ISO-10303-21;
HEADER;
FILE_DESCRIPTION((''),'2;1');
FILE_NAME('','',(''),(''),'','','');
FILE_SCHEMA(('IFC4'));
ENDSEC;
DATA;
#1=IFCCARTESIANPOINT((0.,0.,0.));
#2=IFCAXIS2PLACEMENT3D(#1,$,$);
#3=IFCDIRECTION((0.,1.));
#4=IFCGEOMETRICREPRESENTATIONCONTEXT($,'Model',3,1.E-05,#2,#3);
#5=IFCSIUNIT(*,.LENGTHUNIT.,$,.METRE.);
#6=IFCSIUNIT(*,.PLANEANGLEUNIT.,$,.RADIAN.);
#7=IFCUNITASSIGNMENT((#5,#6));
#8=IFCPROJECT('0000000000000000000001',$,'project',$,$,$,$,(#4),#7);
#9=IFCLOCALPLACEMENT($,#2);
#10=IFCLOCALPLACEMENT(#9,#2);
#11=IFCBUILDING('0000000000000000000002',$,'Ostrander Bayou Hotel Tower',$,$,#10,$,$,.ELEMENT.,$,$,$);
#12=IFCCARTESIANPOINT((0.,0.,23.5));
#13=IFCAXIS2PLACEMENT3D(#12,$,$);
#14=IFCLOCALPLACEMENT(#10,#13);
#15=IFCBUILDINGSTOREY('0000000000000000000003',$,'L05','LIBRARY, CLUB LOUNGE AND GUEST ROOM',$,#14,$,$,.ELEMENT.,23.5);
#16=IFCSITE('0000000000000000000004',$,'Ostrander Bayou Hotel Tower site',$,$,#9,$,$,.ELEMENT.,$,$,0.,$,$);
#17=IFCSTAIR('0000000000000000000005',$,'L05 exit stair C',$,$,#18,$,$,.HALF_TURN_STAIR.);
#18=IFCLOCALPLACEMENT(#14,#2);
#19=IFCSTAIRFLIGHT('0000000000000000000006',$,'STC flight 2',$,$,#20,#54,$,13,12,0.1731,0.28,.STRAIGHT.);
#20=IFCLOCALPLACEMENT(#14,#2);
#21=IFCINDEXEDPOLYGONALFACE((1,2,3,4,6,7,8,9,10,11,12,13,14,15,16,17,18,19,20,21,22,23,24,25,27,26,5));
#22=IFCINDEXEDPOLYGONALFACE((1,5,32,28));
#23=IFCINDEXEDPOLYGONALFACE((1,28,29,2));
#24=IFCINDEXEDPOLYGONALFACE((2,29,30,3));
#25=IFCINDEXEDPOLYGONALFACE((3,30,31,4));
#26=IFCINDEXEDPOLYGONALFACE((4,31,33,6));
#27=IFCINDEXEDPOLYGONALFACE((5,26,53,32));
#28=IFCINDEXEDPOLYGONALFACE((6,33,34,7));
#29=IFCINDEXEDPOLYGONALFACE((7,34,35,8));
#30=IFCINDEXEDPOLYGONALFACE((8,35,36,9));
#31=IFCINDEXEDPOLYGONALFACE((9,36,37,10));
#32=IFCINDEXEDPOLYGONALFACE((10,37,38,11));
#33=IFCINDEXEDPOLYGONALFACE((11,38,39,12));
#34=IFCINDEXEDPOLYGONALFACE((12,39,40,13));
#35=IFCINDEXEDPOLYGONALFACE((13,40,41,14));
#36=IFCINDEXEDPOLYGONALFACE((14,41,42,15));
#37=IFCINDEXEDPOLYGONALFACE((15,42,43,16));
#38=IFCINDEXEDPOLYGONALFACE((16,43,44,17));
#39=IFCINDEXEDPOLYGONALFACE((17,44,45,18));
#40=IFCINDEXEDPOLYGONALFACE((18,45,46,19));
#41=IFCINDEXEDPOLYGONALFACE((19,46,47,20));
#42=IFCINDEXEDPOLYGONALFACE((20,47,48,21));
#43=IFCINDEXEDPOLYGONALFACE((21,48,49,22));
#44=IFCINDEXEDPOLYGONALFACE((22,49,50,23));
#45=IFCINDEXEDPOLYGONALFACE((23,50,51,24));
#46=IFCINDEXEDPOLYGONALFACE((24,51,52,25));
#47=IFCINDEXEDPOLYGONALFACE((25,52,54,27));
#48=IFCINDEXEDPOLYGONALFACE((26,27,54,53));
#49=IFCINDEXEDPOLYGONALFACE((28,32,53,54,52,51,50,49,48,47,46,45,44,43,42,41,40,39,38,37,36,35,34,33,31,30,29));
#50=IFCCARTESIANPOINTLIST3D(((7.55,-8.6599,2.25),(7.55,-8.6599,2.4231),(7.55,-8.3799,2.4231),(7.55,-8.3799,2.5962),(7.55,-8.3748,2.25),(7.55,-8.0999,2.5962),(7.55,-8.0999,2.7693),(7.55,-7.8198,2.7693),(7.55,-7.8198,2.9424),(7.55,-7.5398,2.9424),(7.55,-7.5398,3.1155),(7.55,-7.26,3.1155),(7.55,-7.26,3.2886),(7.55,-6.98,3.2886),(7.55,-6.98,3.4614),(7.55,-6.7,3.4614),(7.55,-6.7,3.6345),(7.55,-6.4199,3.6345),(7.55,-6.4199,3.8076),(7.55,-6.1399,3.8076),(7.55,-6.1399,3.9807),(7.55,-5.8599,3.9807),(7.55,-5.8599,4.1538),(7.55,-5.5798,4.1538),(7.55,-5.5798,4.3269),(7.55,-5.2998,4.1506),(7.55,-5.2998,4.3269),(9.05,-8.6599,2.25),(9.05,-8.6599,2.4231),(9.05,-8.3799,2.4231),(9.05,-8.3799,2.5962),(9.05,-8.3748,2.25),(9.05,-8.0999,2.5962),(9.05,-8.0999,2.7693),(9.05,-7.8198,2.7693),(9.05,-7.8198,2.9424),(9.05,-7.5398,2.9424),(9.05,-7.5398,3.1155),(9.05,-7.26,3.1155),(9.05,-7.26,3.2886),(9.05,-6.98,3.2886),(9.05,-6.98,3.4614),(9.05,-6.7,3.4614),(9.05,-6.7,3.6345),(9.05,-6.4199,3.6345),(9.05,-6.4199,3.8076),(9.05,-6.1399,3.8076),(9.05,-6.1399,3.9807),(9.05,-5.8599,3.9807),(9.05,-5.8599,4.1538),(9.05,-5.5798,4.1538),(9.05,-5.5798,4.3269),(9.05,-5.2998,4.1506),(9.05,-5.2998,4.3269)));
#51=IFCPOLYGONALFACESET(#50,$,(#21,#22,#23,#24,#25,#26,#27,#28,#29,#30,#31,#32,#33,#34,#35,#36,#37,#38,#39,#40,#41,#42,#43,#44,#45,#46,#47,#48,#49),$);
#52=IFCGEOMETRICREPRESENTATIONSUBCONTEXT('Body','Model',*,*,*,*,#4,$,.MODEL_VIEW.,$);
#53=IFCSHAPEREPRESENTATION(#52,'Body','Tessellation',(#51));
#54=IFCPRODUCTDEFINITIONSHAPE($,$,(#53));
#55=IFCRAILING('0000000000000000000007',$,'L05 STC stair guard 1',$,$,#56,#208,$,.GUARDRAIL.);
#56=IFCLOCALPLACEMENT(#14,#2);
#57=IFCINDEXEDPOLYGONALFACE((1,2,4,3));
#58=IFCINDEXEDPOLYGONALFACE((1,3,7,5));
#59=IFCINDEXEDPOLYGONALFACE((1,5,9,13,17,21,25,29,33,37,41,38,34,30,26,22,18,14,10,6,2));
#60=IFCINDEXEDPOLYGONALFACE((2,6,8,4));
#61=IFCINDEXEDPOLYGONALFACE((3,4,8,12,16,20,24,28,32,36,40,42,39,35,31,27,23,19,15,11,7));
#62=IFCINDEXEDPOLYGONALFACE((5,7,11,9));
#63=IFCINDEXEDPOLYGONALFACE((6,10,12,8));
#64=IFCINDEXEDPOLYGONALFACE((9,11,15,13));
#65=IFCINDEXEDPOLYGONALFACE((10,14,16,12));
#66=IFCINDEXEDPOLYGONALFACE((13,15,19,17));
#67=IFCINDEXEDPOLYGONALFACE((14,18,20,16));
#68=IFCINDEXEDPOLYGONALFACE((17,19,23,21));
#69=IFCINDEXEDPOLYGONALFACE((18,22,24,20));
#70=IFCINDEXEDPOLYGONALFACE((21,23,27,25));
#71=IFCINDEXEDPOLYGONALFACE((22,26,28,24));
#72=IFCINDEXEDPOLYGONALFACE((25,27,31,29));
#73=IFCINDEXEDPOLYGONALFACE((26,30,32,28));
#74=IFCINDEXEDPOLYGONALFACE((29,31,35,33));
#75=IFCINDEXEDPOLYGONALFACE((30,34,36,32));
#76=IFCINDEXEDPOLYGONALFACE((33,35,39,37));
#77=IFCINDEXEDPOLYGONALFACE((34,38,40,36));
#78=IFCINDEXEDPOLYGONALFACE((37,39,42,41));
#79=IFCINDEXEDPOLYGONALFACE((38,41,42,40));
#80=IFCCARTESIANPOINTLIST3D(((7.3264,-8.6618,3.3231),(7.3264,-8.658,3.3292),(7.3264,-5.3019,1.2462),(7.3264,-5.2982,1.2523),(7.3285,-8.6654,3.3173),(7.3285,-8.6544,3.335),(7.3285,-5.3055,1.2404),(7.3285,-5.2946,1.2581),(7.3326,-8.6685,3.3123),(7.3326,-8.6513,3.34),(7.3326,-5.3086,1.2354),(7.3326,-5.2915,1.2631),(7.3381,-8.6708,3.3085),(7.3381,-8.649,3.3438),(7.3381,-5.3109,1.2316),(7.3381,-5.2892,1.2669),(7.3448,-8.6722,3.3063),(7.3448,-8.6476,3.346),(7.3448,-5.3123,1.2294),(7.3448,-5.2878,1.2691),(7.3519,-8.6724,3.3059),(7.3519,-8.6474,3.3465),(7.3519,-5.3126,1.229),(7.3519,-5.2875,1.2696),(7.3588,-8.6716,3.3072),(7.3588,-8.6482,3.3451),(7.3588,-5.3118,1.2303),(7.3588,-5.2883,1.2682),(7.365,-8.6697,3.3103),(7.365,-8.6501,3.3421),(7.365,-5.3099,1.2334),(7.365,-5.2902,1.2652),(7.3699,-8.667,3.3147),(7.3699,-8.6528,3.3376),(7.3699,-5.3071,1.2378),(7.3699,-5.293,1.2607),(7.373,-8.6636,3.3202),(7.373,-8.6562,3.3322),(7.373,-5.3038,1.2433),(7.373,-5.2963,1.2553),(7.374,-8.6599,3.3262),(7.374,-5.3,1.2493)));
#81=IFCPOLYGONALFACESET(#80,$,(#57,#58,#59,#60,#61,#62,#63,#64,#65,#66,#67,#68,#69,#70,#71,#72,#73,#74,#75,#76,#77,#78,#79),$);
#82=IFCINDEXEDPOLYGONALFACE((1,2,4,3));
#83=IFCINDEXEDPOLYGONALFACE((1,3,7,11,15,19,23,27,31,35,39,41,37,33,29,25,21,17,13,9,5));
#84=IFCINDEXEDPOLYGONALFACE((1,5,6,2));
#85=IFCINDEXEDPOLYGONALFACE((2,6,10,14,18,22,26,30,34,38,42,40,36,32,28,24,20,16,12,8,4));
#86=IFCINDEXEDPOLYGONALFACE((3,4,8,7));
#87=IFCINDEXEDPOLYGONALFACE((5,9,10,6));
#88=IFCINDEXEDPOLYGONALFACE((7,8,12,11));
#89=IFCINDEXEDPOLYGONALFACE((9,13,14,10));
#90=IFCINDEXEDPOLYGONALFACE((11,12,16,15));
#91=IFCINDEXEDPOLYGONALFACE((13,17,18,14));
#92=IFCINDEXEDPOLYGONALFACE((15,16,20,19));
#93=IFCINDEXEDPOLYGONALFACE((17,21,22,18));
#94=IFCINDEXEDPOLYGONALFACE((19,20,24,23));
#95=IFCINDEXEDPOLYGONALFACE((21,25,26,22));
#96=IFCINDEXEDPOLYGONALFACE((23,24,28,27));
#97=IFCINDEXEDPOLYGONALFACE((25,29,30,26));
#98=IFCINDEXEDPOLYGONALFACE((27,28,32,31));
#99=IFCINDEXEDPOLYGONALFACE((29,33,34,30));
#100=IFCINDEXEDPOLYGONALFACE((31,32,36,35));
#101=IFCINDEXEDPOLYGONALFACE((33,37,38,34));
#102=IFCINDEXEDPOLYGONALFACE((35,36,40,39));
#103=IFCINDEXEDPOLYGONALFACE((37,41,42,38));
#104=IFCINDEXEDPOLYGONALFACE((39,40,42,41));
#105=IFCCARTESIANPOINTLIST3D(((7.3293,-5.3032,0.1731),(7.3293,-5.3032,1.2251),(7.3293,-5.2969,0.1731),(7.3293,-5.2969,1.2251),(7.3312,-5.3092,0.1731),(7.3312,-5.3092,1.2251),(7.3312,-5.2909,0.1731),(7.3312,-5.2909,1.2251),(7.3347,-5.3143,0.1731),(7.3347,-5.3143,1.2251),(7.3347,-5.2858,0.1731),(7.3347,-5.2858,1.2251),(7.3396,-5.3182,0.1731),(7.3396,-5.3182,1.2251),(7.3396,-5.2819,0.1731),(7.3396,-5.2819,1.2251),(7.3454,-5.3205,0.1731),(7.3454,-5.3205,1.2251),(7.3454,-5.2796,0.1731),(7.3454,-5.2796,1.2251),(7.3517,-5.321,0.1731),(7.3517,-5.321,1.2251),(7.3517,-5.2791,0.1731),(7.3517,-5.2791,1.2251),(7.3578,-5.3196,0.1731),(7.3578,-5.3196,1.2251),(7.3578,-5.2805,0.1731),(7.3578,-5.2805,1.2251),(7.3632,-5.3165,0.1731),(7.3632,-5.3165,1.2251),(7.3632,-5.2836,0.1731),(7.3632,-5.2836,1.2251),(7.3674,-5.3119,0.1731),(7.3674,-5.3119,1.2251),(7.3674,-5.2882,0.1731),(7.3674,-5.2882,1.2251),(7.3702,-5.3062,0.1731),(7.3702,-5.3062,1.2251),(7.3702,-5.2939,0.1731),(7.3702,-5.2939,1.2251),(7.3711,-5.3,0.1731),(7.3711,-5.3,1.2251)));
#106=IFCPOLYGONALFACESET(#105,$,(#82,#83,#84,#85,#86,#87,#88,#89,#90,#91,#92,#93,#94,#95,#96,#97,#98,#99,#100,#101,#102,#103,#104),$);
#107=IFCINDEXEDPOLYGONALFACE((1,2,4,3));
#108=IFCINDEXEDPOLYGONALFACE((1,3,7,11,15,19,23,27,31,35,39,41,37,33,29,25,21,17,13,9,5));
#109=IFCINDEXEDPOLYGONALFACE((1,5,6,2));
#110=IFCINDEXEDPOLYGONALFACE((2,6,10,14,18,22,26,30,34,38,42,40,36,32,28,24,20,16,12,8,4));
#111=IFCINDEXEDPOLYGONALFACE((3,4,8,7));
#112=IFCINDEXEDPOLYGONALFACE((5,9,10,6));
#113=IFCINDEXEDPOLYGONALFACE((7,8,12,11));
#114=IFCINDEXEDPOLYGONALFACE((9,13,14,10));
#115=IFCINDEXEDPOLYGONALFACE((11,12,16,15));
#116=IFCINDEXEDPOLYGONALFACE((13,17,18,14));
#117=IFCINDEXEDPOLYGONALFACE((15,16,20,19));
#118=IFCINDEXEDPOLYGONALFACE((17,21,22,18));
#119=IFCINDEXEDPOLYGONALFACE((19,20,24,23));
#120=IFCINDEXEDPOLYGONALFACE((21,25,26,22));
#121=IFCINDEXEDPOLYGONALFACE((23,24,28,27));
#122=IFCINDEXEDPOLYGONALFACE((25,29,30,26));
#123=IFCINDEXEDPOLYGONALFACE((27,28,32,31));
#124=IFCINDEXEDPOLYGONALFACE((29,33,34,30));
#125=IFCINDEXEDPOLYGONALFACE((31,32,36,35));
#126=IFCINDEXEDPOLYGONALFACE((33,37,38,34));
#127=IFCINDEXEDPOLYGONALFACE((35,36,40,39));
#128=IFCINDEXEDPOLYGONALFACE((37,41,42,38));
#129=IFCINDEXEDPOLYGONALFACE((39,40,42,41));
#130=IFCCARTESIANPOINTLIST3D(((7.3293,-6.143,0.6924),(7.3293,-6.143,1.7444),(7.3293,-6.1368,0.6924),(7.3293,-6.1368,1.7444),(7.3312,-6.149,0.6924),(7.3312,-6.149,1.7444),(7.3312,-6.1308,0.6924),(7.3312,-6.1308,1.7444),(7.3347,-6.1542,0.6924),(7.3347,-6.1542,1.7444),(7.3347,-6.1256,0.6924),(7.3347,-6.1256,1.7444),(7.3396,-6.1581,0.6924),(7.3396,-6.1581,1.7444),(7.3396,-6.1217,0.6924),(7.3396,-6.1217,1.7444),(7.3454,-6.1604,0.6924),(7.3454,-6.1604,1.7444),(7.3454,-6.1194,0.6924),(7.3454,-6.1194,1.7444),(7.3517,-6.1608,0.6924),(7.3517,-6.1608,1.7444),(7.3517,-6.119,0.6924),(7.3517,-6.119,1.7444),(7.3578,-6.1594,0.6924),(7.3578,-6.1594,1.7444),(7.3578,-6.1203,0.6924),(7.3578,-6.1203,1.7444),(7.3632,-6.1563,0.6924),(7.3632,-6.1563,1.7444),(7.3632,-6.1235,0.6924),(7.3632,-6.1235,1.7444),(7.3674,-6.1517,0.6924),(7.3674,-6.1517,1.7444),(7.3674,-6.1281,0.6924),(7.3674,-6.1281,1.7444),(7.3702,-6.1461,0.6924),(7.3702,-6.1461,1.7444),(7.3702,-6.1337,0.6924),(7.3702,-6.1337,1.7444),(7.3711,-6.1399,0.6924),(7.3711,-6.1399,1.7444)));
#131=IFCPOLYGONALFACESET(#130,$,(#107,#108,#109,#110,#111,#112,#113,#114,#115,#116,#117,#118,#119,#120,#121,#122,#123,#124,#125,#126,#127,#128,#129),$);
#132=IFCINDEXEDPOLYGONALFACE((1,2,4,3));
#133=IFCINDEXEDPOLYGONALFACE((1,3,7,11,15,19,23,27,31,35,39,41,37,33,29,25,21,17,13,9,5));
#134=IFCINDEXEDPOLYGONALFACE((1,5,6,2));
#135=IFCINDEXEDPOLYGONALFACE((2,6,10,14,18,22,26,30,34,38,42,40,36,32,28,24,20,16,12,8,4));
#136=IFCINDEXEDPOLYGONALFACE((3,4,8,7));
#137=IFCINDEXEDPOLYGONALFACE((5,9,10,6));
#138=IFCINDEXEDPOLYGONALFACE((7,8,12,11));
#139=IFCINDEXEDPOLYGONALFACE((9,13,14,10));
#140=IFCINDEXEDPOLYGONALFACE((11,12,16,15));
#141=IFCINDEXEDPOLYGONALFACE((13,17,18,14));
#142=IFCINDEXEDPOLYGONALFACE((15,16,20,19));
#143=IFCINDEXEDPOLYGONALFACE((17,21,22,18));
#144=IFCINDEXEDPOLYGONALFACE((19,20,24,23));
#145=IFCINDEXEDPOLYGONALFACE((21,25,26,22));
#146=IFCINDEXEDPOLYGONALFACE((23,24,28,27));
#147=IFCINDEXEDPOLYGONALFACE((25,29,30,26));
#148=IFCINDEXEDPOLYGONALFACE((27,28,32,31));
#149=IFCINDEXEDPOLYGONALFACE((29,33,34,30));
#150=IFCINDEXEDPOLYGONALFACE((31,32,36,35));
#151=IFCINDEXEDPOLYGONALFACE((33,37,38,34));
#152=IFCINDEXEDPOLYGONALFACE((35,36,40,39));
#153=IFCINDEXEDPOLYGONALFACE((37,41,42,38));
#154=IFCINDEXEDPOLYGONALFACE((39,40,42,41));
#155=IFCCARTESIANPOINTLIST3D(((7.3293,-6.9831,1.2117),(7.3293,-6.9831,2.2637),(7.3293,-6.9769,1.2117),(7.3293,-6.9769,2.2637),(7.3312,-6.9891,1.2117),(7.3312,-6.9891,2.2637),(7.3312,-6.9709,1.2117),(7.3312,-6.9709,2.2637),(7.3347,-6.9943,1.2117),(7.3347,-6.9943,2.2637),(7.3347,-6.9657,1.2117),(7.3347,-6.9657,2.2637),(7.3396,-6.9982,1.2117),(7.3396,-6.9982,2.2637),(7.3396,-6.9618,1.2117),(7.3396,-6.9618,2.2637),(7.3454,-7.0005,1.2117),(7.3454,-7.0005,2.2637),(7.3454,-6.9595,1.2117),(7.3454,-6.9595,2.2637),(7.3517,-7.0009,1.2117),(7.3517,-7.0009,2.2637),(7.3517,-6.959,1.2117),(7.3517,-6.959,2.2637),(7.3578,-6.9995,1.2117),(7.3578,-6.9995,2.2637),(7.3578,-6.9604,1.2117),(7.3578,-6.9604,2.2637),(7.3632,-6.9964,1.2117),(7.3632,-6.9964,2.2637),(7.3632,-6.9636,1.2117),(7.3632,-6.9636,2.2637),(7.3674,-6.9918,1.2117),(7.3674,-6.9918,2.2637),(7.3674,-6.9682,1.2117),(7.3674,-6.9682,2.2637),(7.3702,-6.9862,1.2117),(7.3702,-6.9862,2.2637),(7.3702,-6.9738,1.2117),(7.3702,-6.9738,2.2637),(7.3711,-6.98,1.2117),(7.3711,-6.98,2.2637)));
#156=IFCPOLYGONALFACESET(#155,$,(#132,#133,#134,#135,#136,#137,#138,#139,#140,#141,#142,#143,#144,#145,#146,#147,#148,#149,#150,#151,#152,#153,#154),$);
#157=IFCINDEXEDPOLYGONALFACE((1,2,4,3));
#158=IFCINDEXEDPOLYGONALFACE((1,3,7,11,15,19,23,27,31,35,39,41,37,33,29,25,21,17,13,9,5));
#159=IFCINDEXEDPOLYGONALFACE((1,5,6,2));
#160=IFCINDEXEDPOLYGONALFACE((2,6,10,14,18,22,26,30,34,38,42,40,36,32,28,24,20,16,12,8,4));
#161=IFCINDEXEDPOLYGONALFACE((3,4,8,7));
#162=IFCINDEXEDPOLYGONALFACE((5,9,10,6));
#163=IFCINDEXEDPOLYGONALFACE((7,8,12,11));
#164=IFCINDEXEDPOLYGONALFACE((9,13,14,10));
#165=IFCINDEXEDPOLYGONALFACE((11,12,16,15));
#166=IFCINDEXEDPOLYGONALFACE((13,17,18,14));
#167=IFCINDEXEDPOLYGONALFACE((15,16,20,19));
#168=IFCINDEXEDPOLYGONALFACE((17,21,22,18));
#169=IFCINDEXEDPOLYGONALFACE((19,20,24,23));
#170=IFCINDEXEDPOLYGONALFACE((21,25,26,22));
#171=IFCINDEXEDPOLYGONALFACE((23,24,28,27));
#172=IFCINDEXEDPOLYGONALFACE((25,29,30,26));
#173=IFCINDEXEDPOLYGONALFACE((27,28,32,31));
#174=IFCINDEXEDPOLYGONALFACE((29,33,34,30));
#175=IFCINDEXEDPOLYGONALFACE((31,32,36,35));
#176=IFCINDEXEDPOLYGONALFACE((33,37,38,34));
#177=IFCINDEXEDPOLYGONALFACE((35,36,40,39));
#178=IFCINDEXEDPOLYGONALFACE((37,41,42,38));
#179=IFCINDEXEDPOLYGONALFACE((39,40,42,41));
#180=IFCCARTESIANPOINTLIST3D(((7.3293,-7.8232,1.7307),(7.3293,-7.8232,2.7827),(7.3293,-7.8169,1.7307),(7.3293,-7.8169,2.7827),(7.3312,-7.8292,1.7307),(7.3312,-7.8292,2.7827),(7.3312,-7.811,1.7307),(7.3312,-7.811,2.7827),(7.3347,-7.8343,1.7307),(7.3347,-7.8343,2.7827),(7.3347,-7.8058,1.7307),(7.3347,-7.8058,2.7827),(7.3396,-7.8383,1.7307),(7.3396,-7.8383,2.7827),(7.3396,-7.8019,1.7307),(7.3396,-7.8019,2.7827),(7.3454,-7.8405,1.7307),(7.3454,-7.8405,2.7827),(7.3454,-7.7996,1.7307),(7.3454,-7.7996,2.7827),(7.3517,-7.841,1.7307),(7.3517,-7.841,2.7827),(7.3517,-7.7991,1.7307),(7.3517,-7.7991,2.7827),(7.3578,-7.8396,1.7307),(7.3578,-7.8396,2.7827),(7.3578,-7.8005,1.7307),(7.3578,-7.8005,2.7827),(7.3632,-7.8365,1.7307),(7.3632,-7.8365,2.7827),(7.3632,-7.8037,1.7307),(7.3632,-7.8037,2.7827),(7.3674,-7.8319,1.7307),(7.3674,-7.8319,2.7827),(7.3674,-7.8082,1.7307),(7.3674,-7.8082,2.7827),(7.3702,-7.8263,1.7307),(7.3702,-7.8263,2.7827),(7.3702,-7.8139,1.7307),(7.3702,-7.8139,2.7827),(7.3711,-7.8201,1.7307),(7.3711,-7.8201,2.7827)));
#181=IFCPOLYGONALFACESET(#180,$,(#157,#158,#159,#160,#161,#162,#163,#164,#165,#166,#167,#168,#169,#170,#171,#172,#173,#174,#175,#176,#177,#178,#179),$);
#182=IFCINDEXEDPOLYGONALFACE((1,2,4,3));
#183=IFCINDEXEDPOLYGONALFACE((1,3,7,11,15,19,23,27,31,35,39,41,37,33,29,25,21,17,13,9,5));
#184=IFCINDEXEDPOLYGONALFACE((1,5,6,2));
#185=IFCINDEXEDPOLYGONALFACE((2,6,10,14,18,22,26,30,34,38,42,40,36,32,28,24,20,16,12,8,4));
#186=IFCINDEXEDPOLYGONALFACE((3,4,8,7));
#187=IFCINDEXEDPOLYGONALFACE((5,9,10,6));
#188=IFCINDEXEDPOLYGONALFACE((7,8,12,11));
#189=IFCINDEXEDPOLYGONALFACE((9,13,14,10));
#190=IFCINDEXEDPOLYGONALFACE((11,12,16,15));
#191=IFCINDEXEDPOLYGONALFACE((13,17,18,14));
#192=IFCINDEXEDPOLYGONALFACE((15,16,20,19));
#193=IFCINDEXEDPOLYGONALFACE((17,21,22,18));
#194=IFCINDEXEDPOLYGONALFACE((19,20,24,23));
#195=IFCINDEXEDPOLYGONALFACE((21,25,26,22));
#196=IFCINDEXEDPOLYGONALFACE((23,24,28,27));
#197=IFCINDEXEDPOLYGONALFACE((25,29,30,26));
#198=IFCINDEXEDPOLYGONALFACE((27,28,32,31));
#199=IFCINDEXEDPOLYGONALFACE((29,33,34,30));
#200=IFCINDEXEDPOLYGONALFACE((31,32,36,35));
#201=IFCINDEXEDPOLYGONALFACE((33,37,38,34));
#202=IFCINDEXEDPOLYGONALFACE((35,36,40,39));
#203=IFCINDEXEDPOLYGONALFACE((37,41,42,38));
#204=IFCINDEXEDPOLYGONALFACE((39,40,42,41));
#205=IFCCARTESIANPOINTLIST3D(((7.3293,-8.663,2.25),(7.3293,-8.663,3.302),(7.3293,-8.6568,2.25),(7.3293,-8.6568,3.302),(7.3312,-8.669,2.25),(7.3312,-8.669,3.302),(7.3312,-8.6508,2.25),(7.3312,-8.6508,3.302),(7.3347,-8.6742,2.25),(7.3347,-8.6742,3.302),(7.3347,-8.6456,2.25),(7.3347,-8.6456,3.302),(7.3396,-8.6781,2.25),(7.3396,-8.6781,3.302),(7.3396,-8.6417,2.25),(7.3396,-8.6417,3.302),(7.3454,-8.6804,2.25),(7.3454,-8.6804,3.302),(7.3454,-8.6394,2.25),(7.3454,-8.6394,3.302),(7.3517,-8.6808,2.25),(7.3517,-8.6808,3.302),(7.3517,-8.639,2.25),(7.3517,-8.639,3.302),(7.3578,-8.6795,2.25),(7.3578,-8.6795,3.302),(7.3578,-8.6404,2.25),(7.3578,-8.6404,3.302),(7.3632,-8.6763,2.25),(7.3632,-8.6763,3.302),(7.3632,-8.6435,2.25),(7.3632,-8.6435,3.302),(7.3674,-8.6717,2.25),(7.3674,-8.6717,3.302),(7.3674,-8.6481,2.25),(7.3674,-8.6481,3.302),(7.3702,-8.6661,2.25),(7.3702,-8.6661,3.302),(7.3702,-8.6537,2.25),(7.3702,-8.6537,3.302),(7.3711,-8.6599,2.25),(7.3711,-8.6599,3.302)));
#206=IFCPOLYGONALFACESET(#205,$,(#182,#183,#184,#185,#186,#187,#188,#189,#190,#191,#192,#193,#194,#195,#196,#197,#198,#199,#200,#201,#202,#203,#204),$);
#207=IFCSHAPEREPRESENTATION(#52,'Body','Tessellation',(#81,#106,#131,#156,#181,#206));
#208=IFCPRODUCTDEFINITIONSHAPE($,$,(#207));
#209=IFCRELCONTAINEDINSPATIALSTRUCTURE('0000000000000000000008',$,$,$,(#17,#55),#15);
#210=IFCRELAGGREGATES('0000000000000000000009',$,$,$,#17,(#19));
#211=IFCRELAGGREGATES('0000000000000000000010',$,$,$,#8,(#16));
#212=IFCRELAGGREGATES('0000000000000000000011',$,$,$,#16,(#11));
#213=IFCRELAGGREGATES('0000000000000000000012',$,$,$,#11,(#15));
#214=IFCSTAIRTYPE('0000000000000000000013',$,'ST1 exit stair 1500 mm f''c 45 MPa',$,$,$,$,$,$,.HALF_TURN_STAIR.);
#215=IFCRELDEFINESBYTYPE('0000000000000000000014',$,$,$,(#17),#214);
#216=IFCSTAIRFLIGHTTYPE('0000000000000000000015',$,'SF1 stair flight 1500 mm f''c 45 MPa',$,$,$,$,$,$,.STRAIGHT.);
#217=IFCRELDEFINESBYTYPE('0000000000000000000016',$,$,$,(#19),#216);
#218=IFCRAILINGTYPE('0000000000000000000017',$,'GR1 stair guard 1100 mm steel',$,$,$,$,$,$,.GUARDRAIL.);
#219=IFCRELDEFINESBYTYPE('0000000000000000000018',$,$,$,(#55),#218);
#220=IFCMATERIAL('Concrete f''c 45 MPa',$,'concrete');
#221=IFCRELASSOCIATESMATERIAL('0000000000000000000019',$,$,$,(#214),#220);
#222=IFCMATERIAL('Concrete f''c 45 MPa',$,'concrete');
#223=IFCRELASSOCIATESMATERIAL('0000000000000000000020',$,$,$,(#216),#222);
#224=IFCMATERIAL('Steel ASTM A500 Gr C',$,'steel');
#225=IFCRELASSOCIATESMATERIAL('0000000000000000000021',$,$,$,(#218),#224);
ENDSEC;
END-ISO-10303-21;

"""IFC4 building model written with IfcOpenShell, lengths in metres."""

from ifc_helpers import new_model, si_unit, direction, frame, origin, origin_2d, place, context, subcontext, project, spatial, polyline, circle, outline, extrude, material, type_object, element, aggregate, save


model = new_model("IFC4")

# Units and contexts
model_context = context("Model", 3, precision=1e-05, world=origin(), true_north=direction((0.0, 1.0)))
body_context = subcontext(model_context, "Body", "Model", "MODEL_VIEW")
ifc_project = project(units=[si_unit("LENGTHUNIT", "METRE"), si_unit("PLANEANGLEUNIT", "RADIAN")], contexts=[model_context])

# Site, building, storey
site_placement = place(None, origin())
site = spatial("IfcSite", under=ifc_project, at=site_placement, Name="Ostrander Bayou Hotel Tower site", CompositionType="ELEMENT", RefElevation=0.0)
building_placement = place(site_placement, origin())
building = spatial("IfcBuilding", under=site, at=building_placement, Name="Ostrander Bayou Hotel Tower", CompositionType="ELEMENT")
storey_placement = place(building_placement, frame((0.0, 0.0, 23.5)))
storey = spatial("IfcBuildingStorey", under=building, at=storey_placement, Name="L05", Description="LIBRARY, CLUB LOUNGE AND GUEST ROOM", CompositionType="ELEMENT", Elevation=23.5)

# Stair, stair flight
ifc_material_1 = material(Name="Concrete f'c 45 MPa", Category="concrete")
stair_type = type_object("IfcStairType", Name="ST1 exit stair 1500 mm f'c 45 MPa", PredefinedType="HALF_TURN_STAIR", material=ifc_material_1)
stair_placement = place(storey_placement, origin())
stair = element("IfcStair", 1, at=stair_placement, inside=storey, type_object=stair_type, Name="L05 exit stair C", PredefinedType="HALF_TURN_STAIR")
ifc_material_2 = material(Name="Concrete f'c 45 MPa", Category="concrete")
stair_flight_type = type_object("IfcStairFlightType", Name="SF1 stair flight 1500 mm f'c 45 MPa", PredefinedType="STRAIGHT", material=ifc_material_2)
stair_flight_1_placement = place(storey_placement, frame((8.3, -8.6599, 2.25), z_axis=(0.0, 0.0, 1.0), x_axis=(0.0, 1.0, 0.0)))
stair_flight_1 = element("IfcStairFlight", 2, at=stair_flight_1_placement, type_object=stair_flight_type, Name="STC flight 2", NumberOfRisers=13, NumberOfTreads=12, PredefinedType="STRAIGHT", RiserHeight=0.1731, TreadLength=0.28, context=body_context, shape_type="SweptSolid", body=[
    extrude(outline(polyline([(0.0, 0.0), (0.0, 0.1731), (0.28, 0.1731), (0.28, 0.3462), (0.5601, 0.3462), (0.5601, 0.5193), (0.8401, 0.5193), (0.8401, 0.6924), (1.1201, 0.6924), (1.1201, 0.8655), (1.3999, 0.8655), (1.3999, 1.0386), (1.6799, 1.0386), (1.6799, 1.2114), (1.96, 1.2114), (1.96, 1.3845), (2.24, 1.3845), (2.24, 1.5576), (2.52, 1.5576), (2.52, 1.7307), (2.8, 1.7307), (2.8, 1.9038), (3.0801, 1.9038), (3.0801, 2.0769), (3.3601, 2.0769), (3.3601, 2.25), (3.3601, 1.9006), (0.2852, 0.0), (0.0, 0.0)])), frame((0.0, 0.75, 0.0), z_axis=(0.0, -1.0, 0.0), x_axis=(1.0, 0.0, 0.0)), (0.0, 0.0, 1.0), 1.5),
])
aggregate(stair, [stair_flight_1])

# Railing
ifc_material_3 = material(Name="Steel ASTM A500 Gr C", Category="steel")
railing_type_1 = type_object("IfcRailingType", Name="GR1 stair guard 1100 mm steel", PredefinedType="GUARDRAIL", material=ifc_material_3)
railing_1_placement = place(storey_placement, frame((7.3501, -5.3, 0.1731)))
element("IfcRailing", 3, at=railing_1_placement, inside=storey, type_object=railing_type_1, Name="L05 STC stair guard 1", PredefinedType="GUARDRAIL", context=body_context, shape_type="SweptSolid", body=[
    extrude(circle(Radius=0.0239, at=origin_2d()), frame((0.0, 0.0, 1.0762), z_axis=(0.0, -0.850606, 0.525803), x_axis=(1.0, 0.0, 0.0)), (0.0, 0.0, 1.0), 3.95),
    extrude(circle(Radius=0.021, at=origin_2d()), origin(), (0.0, 0.0, 1.0), 1.052),
    extrude(circle(Radius=0.021, at=origin_2d()), frame((0.0, -0.8398, 0.5193)), (0.0, 0.0, 1.0), 1.052),
    extrude(circle(Radius=0.021, at=origin_2d()), frame((0.0, -1.6799, 1.0386)), (0.0, 0.0, 1.0), 1.052),
    extrude(circle(Radius=0.021, at=origin_2d()), frame((0.0, -2.52, 1.5576)), (0.0, 0.0, 1.0), 1.052),
    extrude(circle(Radius=0.021, at=origin_2d()), frame((0.0, -3.3599, 2.0769)), (0.0, 0.0, 1.0), 1.052),
])

save(model, "model.ifc")
